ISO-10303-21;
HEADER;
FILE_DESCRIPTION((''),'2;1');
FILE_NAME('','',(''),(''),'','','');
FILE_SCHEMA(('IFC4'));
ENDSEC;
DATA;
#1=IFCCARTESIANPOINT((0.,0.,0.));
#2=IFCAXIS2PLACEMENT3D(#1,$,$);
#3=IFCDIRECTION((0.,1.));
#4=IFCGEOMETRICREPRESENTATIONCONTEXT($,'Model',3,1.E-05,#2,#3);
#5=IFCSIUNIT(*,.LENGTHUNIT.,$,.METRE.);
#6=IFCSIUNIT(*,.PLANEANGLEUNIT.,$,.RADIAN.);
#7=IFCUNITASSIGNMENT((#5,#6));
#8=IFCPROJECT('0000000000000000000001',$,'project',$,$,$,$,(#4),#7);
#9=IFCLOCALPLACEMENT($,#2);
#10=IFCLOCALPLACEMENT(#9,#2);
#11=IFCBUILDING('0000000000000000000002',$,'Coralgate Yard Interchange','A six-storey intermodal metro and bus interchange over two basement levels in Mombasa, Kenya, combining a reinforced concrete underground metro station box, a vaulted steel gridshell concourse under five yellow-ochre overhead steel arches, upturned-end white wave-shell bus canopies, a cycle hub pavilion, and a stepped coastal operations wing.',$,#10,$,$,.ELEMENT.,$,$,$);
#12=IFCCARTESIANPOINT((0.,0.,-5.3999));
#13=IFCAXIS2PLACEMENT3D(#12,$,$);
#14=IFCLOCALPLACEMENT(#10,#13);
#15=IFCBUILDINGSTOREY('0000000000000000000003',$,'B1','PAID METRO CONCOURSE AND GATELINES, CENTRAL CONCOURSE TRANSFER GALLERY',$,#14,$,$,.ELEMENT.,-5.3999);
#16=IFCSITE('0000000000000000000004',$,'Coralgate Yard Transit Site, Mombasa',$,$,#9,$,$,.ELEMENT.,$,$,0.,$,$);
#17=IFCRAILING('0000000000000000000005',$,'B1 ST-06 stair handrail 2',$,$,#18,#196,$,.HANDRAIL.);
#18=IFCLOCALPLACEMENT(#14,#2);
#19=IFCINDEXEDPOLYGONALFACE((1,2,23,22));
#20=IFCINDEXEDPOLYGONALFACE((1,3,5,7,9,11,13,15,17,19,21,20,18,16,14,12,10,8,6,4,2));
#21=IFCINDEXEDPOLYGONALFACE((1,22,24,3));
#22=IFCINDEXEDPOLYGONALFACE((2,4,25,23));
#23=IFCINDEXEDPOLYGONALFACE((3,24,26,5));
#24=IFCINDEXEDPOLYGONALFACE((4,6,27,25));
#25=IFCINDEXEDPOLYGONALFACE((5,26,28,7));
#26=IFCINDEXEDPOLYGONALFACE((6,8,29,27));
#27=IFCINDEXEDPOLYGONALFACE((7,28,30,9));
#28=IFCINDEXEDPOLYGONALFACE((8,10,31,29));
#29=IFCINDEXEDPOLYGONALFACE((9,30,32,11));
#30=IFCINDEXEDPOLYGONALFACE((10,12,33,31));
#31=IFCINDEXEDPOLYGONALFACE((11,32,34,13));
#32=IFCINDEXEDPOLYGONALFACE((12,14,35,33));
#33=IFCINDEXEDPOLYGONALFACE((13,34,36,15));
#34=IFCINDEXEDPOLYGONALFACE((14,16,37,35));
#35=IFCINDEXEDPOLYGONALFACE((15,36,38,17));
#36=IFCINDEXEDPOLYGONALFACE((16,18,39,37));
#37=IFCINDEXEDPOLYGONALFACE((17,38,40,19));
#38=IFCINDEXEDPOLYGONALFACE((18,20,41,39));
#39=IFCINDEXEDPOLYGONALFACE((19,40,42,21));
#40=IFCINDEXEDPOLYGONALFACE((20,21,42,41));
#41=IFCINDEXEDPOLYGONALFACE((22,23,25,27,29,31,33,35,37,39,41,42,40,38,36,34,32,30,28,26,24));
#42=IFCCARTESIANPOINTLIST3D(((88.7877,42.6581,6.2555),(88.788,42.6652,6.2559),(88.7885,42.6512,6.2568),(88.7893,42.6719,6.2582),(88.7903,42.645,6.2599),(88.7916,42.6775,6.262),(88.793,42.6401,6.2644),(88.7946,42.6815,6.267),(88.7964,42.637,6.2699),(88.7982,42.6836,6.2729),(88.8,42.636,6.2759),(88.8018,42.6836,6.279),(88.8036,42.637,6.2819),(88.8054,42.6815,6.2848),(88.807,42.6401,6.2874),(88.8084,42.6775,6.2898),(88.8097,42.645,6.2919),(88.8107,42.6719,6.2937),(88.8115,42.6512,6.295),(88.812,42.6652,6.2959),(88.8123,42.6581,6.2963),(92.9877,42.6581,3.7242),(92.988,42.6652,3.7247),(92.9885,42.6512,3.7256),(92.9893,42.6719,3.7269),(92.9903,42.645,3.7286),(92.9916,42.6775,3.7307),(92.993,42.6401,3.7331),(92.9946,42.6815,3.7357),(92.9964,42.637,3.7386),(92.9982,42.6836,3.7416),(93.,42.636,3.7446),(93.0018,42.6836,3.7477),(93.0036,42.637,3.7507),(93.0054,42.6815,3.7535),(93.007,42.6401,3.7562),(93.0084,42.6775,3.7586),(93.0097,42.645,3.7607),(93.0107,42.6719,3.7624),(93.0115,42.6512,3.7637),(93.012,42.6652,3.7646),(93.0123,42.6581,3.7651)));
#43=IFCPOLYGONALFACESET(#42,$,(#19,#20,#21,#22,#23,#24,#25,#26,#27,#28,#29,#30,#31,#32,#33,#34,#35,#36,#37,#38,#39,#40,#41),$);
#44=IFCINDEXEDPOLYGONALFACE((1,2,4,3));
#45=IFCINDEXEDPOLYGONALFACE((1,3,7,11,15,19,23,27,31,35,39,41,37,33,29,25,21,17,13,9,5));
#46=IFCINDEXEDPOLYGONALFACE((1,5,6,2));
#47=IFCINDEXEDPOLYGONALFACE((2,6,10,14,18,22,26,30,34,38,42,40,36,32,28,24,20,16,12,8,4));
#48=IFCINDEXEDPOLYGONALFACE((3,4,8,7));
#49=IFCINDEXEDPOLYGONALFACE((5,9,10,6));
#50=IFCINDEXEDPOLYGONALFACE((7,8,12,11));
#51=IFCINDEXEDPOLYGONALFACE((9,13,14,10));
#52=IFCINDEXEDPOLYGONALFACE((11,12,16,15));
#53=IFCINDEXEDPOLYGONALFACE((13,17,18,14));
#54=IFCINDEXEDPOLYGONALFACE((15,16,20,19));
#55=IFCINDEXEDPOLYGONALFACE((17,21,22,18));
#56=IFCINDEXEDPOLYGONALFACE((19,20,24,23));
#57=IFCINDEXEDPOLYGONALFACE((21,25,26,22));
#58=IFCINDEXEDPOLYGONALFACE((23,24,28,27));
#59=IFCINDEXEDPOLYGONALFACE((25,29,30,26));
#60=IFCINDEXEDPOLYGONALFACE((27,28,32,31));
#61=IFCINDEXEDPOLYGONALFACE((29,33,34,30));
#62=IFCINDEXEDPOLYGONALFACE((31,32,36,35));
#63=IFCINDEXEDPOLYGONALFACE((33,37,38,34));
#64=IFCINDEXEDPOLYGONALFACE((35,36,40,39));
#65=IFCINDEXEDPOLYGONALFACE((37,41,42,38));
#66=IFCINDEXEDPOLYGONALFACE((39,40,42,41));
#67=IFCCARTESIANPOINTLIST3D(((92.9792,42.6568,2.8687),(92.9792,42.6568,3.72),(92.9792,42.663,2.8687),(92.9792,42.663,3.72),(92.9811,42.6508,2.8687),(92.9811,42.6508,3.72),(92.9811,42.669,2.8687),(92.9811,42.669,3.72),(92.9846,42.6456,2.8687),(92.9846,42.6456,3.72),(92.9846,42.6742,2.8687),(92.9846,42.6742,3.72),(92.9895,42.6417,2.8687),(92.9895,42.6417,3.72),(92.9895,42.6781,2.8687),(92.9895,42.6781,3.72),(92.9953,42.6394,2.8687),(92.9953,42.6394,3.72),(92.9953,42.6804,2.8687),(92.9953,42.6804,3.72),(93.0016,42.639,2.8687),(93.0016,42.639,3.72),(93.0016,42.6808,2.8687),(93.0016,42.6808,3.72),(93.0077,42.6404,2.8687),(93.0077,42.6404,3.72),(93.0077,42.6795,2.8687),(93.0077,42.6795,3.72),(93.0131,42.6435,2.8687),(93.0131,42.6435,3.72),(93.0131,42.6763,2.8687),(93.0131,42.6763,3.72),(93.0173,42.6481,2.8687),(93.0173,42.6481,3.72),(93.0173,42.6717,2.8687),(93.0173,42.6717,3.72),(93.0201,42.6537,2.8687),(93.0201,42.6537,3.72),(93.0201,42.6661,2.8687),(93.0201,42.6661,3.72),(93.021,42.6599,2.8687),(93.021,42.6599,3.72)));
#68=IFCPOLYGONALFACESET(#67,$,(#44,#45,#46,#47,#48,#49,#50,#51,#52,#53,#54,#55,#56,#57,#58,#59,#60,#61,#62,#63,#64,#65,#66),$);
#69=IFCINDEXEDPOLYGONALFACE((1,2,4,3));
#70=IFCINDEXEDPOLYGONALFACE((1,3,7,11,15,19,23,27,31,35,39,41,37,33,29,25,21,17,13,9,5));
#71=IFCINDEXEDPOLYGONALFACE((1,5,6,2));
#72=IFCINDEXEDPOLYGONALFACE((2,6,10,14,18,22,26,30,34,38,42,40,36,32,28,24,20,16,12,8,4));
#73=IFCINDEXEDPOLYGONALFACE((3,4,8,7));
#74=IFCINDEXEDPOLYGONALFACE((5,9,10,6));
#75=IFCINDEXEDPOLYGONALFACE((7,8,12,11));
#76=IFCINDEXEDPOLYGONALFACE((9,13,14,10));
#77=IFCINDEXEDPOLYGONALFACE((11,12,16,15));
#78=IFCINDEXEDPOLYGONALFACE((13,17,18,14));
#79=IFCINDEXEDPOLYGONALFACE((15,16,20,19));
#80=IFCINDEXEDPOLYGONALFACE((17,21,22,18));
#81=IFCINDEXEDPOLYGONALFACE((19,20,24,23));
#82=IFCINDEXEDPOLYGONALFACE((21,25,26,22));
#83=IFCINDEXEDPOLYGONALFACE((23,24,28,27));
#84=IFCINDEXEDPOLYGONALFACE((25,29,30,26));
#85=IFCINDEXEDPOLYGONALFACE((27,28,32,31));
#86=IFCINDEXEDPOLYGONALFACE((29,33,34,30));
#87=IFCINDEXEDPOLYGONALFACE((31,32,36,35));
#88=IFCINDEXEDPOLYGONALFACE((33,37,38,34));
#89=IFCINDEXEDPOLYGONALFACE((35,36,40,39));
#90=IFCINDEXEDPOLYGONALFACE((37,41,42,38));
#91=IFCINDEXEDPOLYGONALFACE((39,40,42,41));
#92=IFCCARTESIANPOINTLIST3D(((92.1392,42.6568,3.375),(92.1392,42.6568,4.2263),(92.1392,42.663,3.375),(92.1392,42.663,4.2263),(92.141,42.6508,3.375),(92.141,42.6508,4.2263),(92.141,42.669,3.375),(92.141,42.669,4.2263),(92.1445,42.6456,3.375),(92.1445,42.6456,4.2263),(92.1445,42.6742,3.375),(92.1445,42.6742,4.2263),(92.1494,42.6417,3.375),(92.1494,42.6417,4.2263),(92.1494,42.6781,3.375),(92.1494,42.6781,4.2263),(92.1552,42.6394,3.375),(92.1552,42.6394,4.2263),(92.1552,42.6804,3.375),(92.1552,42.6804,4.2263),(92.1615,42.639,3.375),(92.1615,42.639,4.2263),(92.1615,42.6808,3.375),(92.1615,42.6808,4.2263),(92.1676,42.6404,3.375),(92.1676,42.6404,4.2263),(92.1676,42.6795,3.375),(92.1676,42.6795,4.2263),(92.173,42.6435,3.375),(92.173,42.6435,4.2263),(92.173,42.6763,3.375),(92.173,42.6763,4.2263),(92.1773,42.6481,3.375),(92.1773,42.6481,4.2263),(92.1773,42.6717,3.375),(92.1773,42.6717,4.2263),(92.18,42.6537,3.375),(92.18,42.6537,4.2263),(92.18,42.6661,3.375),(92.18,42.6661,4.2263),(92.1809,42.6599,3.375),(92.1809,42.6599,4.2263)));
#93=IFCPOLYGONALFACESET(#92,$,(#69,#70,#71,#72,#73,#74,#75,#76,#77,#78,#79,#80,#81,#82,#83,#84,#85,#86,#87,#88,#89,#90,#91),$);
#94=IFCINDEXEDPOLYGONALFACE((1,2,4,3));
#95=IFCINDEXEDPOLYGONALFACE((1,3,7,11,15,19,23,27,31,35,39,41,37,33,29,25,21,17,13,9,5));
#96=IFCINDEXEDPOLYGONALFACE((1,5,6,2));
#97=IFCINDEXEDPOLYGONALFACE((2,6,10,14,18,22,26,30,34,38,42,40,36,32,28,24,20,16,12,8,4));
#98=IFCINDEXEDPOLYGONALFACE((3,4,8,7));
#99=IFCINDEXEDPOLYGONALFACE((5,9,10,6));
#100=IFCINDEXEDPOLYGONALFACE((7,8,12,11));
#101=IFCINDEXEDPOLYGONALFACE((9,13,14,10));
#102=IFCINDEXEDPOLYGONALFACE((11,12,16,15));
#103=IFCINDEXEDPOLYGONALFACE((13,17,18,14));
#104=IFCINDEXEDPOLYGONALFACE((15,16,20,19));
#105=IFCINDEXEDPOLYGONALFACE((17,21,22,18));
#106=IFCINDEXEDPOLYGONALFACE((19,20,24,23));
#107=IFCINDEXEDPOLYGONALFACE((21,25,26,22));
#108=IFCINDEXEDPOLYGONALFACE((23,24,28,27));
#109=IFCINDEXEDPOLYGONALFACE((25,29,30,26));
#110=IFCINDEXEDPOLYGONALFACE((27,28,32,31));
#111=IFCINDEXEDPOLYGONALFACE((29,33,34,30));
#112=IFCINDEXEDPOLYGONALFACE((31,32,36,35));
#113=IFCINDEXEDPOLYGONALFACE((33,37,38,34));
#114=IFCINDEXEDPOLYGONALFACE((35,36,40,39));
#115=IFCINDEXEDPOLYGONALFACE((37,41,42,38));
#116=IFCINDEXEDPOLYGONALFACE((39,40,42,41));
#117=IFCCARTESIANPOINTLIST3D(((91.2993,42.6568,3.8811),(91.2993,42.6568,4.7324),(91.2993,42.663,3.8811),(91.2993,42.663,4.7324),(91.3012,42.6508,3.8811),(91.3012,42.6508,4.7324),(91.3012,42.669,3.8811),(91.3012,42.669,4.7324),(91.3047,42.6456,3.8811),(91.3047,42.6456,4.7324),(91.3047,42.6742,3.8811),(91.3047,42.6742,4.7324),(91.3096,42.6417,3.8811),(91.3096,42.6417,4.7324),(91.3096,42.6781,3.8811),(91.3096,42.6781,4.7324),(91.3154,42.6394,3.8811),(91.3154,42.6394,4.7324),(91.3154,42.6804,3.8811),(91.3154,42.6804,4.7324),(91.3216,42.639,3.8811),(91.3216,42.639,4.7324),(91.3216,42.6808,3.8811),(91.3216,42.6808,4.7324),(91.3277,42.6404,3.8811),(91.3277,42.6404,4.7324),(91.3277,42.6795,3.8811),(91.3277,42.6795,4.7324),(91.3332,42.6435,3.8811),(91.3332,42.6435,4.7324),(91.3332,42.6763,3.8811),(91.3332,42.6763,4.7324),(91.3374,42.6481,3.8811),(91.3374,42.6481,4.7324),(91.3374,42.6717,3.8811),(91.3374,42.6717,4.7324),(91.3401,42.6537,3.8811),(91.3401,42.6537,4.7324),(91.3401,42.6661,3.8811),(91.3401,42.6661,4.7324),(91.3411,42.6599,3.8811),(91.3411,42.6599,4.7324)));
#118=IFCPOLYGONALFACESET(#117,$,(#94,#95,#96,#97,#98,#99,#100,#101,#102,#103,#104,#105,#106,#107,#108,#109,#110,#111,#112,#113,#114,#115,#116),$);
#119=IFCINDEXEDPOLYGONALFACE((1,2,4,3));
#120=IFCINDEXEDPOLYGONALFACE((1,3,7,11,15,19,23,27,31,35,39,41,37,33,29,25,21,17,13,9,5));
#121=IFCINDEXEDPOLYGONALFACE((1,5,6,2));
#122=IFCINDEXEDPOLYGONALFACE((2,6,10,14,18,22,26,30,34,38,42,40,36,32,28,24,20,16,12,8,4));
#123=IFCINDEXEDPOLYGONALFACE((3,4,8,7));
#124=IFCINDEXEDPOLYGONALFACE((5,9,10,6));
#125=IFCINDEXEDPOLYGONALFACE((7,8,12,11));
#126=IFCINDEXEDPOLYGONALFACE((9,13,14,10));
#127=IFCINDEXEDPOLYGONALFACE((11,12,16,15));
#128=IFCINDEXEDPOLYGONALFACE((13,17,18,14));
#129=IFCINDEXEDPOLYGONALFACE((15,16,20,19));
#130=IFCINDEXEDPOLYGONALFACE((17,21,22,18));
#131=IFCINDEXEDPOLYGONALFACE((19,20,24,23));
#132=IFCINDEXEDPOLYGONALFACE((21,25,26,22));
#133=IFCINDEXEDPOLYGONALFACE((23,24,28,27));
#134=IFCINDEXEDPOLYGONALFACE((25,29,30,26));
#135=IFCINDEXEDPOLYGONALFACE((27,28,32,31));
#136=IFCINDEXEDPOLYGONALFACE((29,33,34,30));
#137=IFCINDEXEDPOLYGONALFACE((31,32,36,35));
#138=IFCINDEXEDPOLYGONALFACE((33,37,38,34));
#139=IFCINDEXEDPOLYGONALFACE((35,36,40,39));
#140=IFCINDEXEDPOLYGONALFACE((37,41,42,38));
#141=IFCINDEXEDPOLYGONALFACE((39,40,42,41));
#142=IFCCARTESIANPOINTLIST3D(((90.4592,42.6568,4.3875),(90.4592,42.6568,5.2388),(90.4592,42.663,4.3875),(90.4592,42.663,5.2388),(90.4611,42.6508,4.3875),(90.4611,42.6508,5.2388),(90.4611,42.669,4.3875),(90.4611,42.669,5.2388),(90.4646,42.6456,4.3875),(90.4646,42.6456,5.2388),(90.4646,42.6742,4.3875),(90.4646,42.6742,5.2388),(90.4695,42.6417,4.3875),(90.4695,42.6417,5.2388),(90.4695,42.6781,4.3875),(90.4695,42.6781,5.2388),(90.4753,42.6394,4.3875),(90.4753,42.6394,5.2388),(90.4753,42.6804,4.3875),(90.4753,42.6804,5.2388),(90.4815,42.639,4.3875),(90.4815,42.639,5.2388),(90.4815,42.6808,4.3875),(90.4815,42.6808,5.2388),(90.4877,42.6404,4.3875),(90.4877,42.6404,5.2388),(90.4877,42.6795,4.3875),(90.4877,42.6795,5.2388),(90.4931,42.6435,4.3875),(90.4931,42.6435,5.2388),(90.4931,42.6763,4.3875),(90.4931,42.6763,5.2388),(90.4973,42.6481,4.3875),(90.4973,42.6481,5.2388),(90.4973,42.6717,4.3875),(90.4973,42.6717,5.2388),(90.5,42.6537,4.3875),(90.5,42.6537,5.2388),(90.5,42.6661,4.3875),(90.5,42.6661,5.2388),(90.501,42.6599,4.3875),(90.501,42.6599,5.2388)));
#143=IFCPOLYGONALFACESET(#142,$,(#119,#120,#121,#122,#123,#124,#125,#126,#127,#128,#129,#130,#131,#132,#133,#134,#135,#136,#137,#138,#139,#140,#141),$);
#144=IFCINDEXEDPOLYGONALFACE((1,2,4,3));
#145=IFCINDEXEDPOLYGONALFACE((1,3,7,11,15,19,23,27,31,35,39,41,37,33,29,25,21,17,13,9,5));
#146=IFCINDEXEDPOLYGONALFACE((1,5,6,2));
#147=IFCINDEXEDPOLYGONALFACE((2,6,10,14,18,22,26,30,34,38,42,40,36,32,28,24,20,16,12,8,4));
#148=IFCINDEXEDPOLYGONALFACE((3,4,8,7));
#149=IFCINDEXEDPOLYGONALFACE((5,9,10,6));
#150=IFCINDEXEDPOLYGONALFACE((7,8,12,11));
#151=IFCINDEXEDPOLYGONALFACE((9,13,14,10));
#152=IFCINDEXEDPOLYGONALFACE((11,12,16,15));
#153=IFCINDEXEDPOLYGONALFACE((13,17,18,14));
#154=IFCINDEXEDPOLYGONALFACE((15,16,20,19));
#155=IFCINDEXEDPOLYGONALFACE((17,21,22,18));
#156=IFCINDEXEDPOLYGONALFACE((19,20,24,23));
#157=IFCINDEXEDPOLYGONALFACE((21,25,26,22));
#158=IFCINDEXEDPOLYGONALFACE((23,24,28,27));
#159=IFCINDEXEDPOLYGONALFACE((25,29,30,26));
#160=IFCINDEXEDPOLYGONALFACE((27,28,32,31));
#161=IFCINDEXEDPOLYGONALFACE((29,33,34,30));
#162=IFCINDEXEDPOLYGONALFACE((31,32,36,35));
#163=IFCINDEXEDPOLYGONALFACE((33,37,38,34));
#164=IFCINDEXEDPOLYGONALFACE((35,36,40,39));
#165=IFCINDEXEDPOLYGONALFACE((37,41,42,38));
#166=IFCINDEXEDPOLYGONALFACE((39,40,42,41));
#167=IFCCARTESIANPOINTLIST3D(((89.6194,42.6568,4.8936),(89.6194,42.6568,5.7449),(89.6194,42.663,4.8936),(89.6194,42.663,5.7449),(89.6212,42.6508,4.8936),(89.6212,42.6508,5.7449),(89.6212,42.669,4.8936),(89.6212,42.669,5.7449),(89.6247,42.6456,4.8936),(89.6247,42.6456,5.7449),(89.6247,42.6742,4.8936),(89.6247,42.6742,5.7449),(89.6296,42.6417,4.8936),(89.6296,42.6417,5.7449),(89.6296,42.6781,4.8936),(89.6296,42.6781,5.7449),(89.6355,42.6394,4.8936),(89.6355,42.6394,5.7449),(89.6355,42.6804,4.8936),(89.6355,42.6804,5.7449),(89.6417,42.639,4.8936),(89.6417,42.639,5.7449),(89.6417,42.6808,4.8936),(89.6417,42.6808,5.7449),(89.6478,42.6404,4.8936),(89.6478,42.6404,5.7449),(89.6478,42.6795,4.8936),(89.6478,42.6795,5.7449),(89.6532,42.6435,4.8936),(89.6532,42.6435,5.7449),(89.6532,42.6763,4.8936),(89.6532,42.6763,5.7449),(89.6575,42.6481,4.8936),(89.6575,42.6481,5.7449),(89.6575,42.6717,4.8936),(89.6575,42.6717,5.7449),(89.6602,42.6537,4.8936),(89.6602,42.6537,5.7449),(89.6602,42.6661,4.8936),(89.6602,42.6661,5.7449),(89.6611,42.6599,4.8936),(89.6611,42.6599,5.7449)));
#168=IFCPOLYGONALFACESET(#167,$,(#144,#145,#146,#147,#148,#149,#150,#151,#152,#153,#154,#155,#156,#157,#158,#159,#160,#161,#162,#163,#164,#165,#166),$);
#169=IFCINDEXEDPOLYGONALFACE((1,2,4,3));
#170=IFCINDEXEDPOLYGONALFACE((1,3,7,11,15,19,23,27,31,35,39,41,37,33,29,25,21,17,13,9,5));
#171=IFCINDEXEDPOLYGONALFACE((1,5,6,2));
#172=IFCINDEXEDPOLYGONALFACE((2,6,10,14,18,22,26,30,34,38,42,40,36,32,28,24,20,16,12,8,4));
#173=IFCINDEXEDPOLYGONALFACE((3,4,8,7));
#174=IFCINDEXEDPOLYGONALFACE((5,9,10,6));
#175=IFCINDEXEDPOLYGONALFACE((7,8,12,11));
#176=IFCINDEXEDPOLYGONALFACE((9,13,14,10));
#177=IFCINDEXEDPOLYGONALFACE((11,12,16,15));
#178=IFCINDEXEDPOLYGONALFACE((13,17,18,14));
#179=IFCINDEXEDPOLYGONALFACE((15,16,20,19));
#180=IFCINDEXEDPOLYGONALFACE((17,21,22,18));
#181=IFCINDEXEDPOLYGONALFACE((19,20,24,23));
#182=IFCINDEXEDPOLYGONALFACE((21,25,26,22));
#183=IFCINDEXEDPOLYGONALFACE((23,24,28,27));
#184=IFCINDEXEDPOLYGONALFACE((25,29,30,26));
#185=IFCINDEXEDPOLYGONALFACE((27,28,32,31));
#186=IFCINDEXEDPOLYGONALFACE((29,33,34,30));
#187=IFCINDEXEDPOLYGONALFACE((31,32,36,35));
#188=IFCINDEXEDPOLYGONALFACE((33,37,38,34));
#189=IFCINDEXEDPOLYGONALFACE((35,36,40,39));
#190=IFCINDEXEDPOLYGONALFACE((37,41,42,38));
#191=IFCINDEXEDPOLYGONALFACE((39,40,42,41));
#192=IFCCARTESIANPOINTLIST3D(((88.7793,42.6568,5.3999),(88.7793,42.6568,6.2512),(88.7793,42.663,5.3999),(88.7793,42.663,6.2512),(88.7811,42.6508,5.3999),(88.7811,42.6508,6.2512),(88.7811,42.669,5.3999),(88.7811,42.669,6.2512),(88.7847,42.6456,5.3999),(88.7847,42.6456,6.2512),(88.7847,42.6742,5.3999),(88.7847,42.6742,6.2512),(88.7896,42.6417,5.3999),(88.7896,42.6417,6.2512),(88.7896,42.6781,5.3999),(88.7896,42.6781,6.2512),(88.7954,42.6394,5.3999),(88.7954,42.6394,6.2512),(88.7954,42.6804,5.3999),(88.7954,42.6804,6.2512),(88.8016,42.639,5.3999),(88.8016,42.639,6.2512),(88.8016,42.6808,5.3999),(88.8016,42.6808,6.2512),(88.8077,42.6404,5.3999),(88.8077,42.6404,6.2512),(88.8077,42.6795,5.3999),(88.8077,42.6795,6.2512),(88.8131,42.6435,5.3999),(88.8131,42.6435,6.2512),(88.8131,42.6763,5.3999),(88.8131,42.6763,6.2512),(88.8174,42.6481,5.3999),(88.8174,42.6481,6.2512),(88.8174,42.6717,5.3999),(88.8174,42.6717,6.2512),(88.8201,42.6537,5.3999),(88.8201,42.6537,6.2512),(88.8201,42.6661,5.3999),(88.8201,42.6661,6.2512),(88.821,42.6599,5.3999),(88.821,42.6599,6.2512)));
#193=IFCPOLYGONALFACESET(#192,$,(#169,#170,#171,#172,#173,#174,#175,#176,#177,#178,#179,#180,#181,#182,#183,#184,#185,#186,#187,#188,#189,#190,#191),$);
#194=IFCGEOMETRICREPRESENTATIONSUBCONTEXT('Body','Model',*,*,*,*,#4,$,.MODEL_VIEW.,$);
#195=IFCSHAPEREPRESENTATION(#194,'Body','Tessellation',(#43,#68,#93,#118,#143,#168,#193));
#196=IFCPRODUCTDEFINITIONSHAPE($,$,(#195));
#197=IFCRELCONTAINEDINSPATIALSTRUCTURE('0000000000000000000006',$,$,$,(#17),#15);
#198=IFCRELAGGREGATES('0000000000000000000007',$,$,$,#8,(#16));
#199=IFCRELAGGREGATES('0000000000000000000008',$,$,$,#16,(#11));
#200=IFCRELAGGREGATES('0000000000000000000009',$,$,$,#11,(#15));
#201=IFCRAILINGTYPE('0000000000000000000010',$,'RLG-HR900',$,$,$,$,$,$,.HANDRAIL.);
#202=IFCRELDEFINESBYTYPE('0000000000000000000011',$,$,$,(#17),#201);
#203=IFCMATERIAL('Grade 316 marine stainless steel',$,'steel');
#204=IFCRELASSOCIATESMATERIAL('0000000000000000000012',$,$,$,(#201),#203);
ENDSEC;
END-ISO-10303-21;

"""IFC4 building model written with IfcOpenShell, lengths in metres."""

from ifc_helpers import new_model, si_unit, direction, frame, origin, origin_2d, place, context, subcontext, project, spatial, circle, extrude, material, type_object, element, save


model = new_model("IFC4")

# Units and contexts
model_context = context("Model", 3, precision=1e-05, world=origin(), true_north=direction((0.0, 1.0)))
body_context = subcontext(model_context, "Body", "Model", "MODEL_VIEW")
ifc_project = project(units=[si_unit("LENGTHUNIT", "METRE"), si_unit("PLANEANGLEUNIT", "RADIAN")], contexts=[model_context])

# Site, building, storey
site_placement = place(None, origin())
site = spatial("IfcSite", under=ifc_project, at=site_placement, Name="Coralgate Yard Transit Site, Mombasa", CompositionType="ELEMENT", RefElevation=0.0)
building_placement = place(site_placement, origin())
building = spatial("IfcBuilding", under=site, at=building_placement, Name="Coralgate Yard Interchange", Description="A six-storey intermodal metro and bus interchange over two basement levels in Mombasa, Kenya, combining a reinforced concrete underground metro station box, a vaulted steel gridshell concourse under five yellow-ochre overhead steel arches, upturned-end white wave-shell bus canopies, a cycle hub pavilion, and a stepped coastal operations wing.", CompositionType="ELEMENT")
storey_placement = place(building_placement, frame((0.0, 0.0, -5.3999)))
storey = spatial("IfcBuildingStorey", under=building, at=storey_placement, Name="B1", Description="PAID METRO CONCOURSE AND GATELINES, CENTRAL CONCOURSE TRANSFER GALLERY", CompositionType="ELEMENT", Elevation=-5.3999)

# Railing
ifc_material_1 = material(Name="Grade 316 marine stainless steel", Category="steel")
railing_type_1 = type_object("IfcRailingType", Name="RLG-HR900", PredefinedType="HANDRAIL", material=ifc_material_1)
railing_1_placement = place(storey_placement, frame((93.0, 42.6599, 2.8687)))
element("IfcRailing", 1, at=railing_1_placement, inside=storey, type_object=railing_type_1, Name="B1 ST-06 stair handrail 2", PredefinedType="HANDRAIL", context=body_context, shape_type="SweptSolid", body=[
    extrude(circle(Radius=0.0239, at=origin_2d()), frame((0.0, 0.0, 0.876), z_axis=(-0.856476, 0.0, 0.516186), x_axis=(0.0, -1.0, 0.0)), (0.0, 0.0, 1.0), 4.9038),
    extrude(circle(Radius=0.021, at=origin_2d()), origin(), (0.0, 0.0, 1.0), 0.8513),
    extrude(circle(Radius=0.021, at=origin_2d()), frame((-0.8401, 0.0, 0.5063)), (0.0, 0.0, 1.0), 0.8513),
    extrude(circle(Radius=0.021, at=origin_2d()), frame((-1.6799, 0.0, 1.0125)), (0.0, 0.0, 1.0), 0.8513),
    extrude(circle(Radius=0.021, at=origin_2d()), frame((-2.52, 0.0, 1.5188)), (0.0, 0.0, 1.0), 0.8513),
    extrude(circle(Radius=0.021, at=origin_2d()), frame((-3.3599, 0.0, 2.0249)), (0.0, 0.0, 1.0), 0.8513),
    extrude(circle(Radius=0.021, at=origin_2d()), frame((-4.2, 0.0, 2.5312)), (0.0, 0.0, 1.0), 0.8513),
])

save(model, "model.ifc")
